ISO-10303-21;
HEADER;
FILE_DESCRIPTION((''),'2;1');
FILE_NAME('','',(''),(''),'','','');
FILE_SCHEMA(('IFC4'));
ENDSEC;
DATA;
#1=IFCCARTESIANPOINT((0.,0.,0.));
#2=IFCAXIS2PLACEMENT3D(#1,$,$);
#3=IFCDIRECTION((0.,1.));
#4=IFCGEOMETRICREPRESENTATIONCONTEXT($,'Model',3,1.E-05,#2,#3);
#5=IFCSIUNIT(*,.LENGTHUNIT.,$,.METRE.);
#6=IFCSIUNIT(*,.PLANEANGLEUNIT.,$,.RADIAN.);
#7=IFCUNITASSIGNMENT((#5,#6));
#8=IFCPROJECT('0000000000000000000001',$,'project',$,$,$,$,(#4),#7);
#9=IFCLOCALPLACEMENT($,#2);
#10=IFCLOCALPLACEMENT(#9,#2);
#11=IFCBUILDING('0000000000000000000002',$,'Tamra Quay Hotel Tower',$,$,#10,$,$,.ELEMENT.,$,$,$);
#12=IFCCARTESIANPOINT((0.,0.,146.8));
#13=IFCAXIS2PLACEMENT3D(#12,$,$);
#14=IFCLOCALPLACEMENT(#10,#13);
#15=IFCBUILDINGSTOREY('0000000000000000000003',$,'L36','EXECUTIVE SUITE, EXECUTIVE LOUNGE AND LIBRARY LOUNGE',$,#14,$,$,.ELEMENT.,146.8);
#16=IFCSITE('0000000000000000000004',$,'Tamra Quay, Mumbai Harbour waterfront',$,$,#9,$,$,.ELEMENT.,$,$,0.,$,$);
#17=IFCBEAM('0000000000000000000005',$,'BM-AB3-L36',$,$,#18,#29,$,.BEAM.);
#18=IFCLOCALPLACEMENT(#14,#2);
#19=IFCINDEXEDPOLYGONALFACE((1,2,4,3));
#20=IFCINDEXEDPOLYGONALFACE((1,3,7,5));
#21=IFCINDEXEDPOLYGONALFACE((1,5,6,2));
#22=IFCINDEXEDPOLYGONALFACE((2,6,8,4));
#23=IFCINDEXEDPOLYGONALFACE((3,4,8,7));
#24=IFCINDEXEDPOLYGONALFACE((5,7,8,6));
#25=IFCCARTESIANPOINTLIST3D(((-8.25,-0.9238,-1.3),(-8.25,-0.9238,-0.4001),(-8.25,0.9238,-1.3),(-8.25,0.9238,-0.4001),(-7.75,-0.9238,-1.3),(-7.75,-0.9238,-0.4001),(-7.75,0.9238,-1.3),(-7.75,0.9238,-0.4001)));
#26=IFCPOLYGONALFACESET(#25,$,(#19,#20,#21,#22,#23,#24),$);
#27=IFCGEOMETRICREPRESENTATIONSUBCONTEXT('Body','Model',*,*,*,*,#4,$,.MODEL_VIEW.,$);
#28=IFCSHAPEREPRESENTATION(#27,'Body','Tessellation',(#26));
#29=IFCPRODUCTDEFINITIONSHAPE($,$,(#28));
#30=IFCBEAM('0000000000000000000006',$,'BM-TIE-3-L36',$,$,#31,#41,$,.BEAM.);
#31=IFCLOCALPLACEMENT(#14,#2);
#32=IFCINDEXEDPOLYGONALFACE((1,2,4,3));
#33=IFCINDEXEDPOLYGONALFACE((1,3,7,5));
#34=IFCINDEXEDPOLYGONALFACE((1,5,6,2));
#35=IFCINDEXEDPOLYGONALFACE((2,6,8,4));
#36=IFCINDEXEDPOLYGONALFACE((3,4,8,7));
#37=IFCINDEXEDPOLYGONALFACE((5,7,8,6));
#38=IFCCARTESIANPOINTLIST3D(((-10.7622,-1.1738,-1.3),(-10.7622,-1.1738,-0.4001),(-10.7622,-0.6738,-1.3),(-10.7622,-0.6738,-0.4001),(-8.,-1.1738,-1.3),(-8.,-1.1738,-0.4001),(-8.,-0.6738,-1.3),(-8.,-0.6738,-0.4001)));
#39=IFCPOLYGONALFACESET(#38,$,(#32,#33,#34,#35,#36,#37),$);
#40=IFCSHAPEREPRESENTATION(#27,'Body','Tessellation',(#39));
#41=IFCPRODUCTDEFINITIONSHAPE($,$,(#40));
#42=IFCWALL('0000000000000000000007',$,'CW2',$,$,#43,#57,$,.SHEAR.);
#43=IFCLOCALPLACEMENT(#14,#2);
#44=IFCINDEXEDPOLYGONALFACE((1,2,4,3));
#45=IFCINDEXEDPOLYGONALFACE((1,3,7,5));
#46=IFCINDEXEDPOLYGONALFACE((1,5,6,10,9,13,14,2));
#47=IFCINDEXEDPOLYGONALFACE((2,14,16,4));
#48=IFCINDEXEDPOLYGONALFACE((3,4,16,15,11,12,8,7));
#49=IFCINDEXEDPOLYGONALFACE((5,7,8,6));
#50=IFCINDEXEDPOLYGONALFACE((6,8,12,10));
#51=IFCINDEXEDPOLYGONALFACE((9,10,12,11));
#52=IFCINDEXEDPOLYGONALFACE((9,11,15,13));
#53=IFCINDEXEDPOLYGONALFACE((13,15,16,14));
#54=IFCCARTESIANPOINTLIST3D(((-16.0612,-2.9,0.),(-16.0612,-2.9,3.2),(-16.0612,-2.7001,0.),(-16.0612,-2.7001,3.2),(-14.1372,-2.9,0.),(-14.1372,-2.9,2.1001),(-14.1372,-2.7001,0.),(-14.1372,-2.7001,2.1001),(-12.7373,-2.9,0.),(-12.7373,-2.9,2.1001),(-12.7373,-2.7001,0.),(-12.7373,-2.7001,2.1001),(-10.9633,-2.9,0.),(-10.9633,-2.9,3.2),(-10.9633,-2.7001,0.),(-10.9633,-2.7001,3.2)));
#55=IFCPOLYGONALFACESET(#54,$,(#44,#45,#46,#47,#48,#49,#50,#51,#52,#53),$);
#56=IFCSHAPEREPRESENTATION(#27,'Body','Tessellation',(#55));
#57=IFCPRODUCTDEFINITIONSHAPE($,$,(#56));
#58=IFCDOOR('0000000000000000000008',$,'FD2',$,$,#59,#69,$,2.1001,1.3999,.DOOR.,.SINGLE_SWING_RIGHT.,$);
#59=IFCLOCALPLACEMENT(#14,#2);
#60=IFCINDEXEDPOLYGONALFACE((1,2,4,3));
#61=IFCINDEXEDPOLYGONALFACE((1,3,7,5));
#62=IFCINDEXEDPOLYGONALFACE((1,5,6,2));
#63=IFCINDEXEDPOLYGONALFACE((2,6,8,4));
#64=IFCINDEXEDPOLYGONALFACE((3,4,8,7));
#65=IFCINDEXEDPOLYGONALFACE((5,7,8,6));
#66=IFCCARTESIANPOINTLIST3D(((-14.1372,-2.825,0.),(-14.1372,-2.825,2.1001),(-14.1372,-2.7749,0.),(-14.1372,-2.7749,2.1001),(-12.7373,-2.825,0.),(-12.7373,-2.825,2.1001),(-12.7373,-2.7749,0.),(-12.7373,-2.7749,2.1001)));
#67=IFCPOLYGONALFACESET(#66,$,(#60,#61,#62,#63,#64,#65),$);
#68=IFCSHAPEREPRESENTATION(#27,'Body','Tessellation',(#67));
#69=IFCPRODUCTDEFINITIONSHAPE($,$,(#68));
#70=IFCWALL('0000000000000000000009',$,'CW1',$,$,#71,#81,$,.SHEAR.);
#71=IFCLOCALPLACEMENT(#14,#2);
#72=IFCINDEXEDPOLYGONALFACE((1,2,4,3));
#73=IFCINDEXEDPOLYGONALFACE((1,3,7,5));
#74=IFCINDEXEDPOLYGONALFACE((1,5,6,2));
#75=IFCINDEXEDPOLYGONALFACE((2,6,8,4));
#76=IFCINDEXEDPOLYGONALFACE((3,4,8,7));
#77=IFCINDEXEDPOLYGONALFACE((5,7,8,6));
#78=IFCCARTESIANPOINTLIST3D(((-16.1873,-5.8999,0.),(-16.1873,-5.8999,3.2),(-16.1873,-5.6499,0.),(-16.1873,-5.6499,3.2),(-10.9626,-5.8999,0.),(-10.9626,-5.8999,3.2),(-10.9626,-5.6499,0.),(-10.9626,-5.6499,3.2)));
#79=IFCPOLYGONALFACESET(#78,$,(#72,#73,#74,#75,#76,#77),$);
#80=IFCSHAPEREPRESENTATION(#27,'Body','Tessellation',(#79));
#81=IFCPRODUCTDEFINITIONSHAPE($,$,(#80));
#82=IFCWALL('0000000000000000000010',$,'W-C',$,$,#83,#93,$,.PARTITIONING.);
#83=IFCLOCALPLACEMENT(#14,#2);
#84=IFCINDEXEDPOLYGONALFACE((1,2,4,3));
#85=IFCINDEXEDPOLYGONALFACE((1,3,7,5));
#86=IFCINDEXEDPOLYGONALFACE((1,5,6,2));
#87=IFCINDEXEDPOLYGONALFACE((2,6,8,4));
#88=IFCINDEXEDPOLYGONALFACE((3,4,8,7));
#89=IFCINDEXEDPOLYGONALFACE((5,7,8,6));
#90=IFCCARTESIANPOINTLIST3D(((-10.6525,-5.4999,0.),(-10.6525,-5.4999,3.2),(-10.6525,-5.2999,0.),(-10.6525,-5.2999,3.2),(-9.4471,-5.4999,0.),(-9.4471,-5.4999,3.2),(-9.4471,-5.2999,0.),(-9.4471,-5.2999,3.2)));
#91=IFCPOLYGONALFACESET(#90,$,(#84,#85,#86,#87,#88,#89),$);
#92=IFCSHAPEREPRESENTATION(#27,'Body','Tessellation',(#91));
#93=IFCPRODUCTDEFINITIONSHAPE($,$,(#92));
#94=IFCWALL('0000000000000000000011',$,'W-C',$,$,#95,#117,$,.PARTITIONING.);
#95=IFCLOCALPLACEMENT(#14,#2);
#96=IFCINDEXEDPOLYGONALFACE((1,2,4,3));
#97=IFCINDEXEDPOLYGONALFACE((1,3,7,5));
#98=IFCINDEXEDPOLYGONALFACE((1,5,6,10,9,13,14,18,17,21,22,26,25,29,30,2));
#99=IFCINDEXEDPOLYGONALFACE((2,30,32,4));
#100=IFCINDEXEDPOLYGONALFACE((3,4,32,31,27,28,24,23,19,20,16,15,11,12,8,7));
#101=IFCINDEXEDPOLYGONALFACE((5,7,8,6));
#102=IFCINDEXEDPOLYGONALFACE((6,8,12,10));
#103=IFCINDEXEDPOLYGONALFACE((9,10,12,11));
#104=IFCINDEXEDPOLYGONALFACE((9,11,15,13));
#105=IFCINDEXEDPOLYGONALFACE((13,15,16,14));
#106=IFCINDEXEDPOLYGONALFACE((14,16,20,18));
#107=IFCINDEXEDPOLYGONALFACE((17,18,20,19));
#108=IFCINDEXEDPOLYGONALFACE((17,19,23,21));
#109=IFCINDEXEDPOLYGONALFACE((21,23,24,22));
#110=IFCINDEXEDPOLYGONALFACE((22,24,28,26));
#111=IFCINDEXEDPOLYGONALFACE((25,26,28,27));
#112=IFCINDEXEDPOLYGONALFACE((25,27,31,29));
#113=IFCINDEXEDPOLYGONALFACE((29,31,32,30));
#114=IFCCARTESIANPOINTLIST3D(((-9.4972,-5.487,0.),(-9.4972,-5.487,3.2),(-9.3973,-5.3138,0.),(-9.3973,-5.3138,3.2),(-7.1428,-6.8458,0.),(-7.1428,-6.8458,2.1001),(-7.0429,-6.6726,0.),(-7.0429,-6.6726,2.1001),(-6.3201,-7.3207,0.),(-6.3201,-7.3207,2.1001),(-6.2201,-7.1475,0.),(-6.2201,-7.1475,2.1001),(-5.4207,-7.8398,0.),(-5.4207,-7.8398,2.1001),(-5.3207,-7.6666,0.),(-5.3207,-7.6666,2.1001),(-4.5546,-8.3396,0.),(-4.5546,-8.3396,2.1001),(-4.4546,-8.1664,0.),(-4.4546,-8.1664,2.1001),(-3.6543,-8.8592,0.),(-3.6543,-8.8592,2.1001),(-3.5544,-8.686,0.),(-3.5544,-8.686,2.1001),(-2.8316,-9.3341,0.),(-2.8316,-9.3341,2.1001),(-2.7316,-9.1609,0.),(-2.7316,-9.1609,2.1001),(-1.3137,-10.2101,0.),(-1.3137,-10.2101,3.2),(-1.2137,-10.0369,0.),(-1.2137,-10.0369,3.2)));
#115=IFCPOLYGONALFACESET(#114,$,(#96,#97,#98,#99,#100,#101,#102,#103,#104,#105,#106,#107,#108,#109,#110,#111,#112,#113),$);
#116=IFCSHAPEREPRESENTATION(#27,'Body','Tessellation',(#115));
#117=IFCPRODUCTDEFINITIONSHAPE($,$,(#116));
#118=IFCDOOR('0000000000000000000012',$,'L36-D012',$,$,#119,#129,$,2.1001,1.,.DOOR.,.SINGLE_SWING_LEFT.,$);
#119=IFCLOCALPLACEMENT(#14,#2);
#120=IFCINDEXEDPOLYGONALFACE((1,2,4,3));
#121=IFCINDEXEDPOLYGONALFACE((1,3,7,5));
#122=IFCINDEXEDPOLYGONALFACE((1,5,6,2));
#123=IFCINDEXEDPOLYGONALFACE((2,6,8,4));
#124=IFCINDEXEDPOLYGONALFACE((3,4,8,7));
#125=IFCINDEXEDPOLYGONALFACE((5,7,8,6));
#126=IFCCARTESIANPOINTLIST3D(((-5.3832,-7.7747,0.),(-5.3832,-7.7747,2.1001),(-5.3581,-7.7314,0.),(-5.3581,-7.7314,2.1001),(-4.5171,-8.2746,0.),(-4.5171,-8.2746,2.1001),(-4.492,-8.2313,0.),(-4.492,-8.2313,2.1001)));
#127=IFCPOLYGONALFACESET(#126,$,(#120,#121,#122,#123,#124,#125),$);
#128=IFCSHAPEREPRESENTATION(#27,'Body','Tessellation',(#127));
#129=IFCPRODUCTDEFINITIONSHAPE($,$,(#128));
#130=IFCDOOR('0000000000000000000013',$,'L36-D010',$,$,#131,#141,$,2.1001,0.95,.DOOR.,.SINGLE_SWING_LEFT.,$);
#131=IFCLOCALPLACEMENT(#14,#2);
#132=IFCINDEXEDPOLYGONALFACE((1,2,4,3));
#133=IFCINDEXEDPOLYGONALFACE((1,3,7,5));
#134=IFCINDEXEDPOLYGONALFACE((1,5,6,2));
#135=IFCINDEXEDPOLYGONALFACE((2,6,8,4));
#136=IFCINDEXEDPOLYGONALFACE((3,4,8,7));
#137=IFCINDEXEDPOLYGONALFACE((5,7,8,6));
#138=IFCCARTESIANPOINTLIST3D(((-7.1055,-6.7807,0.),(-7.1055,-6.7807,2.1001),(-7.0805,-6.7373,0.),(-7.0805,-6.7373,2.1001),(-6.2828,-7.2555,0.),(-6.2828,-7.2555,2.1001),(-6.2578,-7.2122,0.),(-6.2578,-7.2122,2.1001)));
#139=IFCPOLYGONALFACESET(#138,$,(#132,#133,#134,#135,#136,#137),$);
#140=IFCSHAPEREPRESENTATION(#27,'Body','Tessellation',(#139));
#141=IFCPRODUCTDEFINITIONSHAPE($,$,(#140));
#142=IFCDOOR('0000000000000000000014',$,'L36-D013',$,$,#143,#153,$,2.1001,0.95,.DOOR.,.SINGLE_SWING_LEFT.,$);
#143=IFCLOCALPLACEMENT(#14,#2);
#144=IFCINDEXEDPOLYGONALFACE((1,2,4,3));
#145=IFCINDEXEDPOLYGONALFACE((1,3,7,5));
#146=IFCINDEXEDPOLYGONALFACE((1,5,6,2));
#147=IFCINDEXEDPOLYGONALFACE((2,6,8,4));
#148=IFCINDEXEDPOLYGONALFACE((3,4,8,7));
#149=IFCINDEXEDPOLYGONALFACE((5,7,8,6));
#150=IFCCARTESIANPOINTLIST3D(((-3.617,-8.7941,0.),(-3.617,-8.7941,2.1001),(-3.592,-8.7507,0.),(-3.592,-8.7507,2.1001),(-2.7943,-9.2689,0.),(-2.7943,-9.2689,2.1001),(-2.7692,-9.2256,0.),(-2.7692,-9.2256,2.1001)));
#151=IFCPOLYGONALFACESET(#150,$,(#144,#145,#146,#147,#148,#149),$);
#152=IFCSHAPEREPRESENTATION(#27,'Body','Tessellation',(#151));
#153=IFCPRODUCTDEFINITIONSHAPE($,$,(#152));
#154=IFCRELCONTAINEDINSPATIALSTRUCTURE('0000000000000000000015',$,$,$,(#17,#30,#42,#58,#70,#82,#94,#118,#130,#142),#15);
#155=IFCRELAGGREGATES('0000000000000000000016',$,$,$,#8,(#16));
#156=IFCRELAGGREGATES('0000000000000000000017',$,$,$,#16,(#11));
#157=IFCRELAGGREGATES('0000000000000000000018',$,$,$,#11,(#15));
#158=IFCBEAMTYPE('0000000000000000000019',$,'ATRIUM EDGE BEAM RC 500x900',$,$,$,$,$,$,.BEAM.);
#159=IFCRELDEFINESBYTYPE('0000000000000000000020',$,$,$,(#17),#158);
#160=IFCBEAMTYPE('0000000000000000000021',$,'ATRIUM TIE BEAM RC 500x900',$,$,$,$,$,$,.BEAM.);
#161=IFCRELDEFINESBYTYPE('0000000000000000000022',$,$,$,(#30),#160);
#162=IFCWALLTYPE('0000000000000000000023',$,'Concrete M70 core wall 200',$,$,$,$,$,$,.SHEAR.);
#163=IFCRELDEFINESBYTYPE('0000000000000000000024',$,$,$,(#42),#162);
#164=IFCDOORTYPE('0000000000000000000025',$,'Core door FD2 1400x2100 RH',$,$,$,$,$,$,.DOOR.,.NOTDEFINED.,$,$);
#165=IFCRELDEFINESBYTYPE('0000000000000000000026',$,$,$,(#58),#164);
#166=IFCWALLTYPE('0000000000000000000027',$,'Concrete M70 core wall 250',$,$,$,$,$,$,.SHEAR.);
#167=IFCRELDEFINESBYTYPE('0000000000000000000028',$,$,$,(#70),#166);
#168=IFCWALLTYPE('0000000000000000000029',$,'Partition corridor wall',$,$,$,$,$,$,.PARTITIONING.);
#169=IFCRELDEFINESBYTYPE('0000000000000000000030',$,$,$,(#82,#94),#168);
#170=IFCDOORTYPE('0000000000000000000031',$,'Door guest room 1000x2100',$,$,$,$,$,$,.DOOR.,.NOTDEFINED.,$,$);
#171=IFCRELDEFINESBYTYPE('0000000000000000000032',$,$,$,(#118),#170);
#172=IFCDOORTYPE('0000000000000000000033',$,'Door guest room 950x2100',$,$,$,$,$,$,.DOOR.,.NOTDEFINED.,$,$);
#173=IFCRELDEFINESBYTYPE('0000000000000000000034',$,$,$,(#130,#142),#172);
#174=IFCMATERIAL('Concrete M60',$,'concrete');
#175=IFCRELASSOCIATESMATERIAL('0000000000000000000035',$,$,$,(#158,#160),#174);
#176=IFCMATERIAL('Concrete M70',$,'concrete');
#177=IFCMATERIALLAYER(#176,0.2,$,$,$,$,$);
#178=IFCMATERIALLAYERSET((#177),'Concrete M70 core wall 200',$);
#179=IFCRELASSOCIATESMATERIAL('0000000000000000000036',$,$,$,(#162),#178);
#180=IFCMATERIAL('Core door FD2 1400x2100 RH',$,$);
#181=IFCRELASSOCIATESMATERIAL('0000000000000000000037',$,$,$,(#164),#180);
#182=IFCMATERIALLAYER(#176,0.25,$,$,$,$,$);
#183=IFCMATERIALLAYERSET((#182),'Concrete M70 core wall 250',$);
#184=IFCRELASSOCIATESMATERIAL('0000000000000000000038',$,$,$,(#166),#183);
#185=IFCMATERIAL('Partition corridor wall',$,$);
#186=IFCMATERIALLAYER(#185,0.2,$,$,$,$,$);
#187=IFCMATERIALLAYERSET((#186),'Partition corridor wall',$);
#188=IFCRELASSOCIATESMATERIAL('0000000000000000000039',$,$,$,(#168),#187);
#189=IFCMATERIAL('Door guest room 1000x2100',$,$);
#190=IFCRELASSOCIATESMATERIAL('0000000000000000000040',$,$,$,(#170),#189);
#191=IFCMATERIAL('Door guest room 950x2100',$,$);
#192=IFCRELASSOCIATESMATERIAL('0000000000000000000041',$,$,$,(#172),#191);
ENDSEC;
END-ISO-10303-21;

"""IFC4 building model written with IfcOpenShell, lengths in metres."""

from ifc_helpers import new_model, si_unit, direction, frame, frame_2d, origin, origin_2d, place, context, subcontext, project, spatial, rectangle, extrude, material, layer, layer_set, material_profile, profile_set, type_object, element, fill, save


model = new_model("IFC4")

# Units and contexts
model_context = context("Model", 3, precision=1e-05, world=origin(), true_north=direction((0.0, 1.0)))
body_context = subcontext(model_context, "Body", "Model", "MODEL_VIEW")
ifc_project = project(units=[si_unit("LENGTHUNIT", "METRE"), si_unit("PLANEANGLEUNIT", "RADIAN")], contexts=[model_context])

# Site, building, storey
site_placement = place(None, origin())
site = spatial("IfcSite", under=ifc_project, at=site_placement, Name="Tamra Quay, Mumbai Harbour waterfront", CompositionType="ELEMENT", RefElevation=0.0)
building_placement = place(site_placement, origin())
building = spatial("IfcBuilding", under=site, at=building_placement, Name="Tamra Quay Hotel Tower", CompositionType="ELEMENT")
storey_placement = place(building_placement, frame((0.0, 0.0, 146.8)))
storey = spatial("IfcBuildingStorey", under=building, at=storey_placement, Name="L36", Description="EXECUTIVE SUITE, EXECUTIVE LOUNGE AND LIBRARY LOUNGE", CompositionType="ELEMENT", Elevation=146.8)

# Beams
ifc_material_1 = material(Name="Concrete M60", Category="concrete")
ifc_material_profile_1 = material_profile(ifc_material_1, rectangle(XDim=0.5, YDim=0.8999, at=origin_2d()), Name="ATRIUM EDGE BEAM RC 500x900")
ifc_profile_set_1 = profile_set([ifc_material_profile_1], Name="Concrete M60")
beam_type_1 = type_object("IfcBeamType", Name="ATRIUM EDGE BEAM RC 500x900", PredefinedType="BEAM", material=ifc_profile_set_1)
beam_1_placement = place(storey_placement, frame((-8.0, -0.9238, -0.8501), z_axis=(0.0, 1.0, 0.0), x_axis=(-1.0, 0.0, 0.0)))
element("IfcBeam", 1, at=beam_1_placement, inside=storey, type_object=beam_type_1, Name="BM-AB3-L36", PredefinedType="BEAM", context=body_context, shape_type="SweptSolid", body=[
    extrude(rectangle(XDim=0.5, YDim=0.8999, at=origin_2d()), origin(), (0.0, 0.0, 1.0), 1.8477),
])
ifc_material_profile_2 = material_profile(ifc_material_1, rectangle(XDim=0.5, YDim=0.8999, at=origin_2d()), Name="ATRIUM TIE BEAM RC 500x900")
ifc_profile_set_2 = profile_set([ifc_material_profile_2], Name="Concrete M60")
beam_type_2 = type_object("IfcBeamType", Name="ATRIUM TIE BEAM RC 500x900", PredefinedType="BEAM", material=ifc_profile_set_2)
beam_2_placement = place(storey_placement, frame((-8.0, -0.9238, -0.8501), z_axis=(-1.0, 0.0, 0.0), x_axis=(0.0, -1.0, 0.0)))
element("IfcBeam", 2, at=beam_2_placement, inside=storey, type_object=beam_type_2, Name="BM-TIE-3-L36", PredefinedType="BEAM", context=body_context, shape_type="SweptSolid", body=[
    extrude(rectangle(XDim=0.5, YDim=0.8999, at=origin_2d()), origin(), (0.0, 0.0, 1.0), 2.7622),
])

# Wall, opening, door
ifc_material_2 = material(Name="Concrete M70", Category="concrete")
ifc_layer_1 = layer(ifc_material_2, 0.2)
ifc_layer_set_1 = layer_set([ifc_layer_1], Name="Concrete M70 core wall 200")
wall_type_1 = type_object("IfcWallType", Name="Concrete M70 core wall 200", PredefinedType="SHEAR", material=ifc_layer_set_1)
wall_1_placement = place(storey_placement, frame((-10.9634, -2.8, 0.0), z_axis=(0.0, 0.0, 1.0), x_axis=(-1.0, 0.0, 0.0)))
wall_1 = element("IfcWall", 3, at=wall_1_placement, inside=storey, type_object=wall_type_1, Name="CW2", PredefinedType="SHEAR", context=body_context, shape_type="SweptSolid", body=[
    extrude(rectangle(XDim=5.0979, YDim=0.2, at=frame_2d((2.5488, 0.0))), origin(), (0.0, 0.0, 1.0), 3.2),
])
opening_1_placement = place(wall_1_placement, frame((1.7739, 0.0, 0.0)))
opening_1 = element("IfcOpeningElement", 4, at=opening_1_placement, cuts=wall_1, PredefinedType="OPENING", context=body_context, shape_type="SweptSolid", body=[
    extrude(rectangle(XDim=1.3999, YDim=2.1001, at=frame_2d((0.7, 1.05))), frame((0.0, 0.1099, 0.0), z_axis=(0.0, -1.0, 0.0), x_axis=(1.0, 0.0, 0.0)), (0.0, 0.0, 1.0), 0.22),
])
ifc_material_3 = material(Name="Core door FD2 1400x2100 RH")
door_type_1 = type_object("IfcDoorType", Name="Core door FD2 1400x2100 RH", OperationType="NOTDEFINED", PredefinedType="DOOR", material=ifc_material_3)
door_1_placement = place(opening_1_placement, origin())
door_1 = element("IfcDoor", 5, at=door_1_placement, inside=storey, type_object=door_type_1, Name="FD2", OperationType="SINGLE_SWING_RIGHT", OverallHeight=2.1001, OverallWidth=1.3999, PredefinedType="DOOR", context=body_context, shape_type="SweptSolid", body=[
    extrude(rectangle(XDim=1.3999, YDim=2.1001, at=frame_2d((0.7, 1.05))), frame((0.0, 0.0249, 0.0), z_axis=(0.0, -1.0, 0.0), x_axis=(1.0, 0.0, 0.0)), (0.0, 0.0, 1.0), 0.05),
])
fill(opening_1, door_1)

# Walls
ifc_layer_2 = layer(ifc_material_2, 0.25)
ifc_layer_set_2 = layer_set([ifc_layer_2], Name="Concrete M70 core wall 250")
wall_type_2 = type_object("IfcWallType", Name="Concrete M70 core wall 250", PredefinedType="SHEAR", material=ifc_layer_set_2)
wall_2_placement = place(storey_placement, frame((-10.9626, -5.7749, 0.0), z_axis=(0.0, 0.0, 1.0), x_axis=(-1.0, 0.0, 0.0)))
element("IfcWall", 6, at=wall_2_placement, inside=storey, type_object=wall_type_2, Name="CW1", PredefinedType="SHEAR", context=body_context, shape_type="SweptSolid", body=[
    extrude(rectangle(XDim=5.2246, YDim=0.25, at=frame_2d((2.6123, 0.0))), origin(), (0.0, 0.0, 1.0), 3.2),
])
ifc_material_4 = material(Name="Partition corridor wall")
ifc_layer_3 = layer(ifc_material_4, 0.2)
ifc_layer_set_3 = layer_set([ifc_layer_3], Name="Partition corridor wall")
wall_type_3 = type_object("IfcWallType", Name="Partition corridor wall", PredefinedType="PARTITIONING", material=ifc_layer_set_3)
wall_3_placement = place(storey_placement, frame((-10.6523, -5.3999, 0.0), z_axis=(0.0, 0.0, 1.0), x_axis=(1.0, 0.0, 0.0)))
element("IfcWall", 7, at=wall_3_placement, inside=storey, type_object=wall_type_3, Name="W-C", PredefinedType="PARTITIONING", context=body_context, shape_type="SweptSolid", body=[
    extrude(rectangle(XDim=1.2053, YDim=0.2, at=frame_2d((0.6025, 0.0))), origin(), (0.0, 0.0, 1.0), 3.2),
])

# Wall, openings, doors
wall_4_placement = place(storey_placement, frame((-9.4473, -5.4004, 0.0), z_axis=(0.0, 0.0, 1.0), x_axis=(0.866101, -0.499869, 0.0)))
wall_4 = element("IfcWall", 8, at=wall_4_placement, inside=storey, type_object=wall_type_3, Name="W-C", PredefinedType="PARTITIONING", context=body_context, shape_type="SweptSolid", body=[
    extrude(rectangle(XDim=9.4487, YDim=0.2, at=frame_2d((4.7244, 0.0))), origin(), (0.0, 0.0, 1.0), 3.2),
])
opening_2_placement = place(wall_4_placement, frame((2.7183, 0.0, 0.0)))
opening_2 = element("IfcOpeningElement", 9, at=opening_2_placement, cuts=wall_4, PredefinedType="OPENING", context=body_context, shape_type="SweptSolid", body=[
    extrude(rectangle(XDim=0.95, YDim=2.1001, at=frame_2d((0.4751, 1.05))), frame((0.0, 0.1099, 0.0), z_axis=(0.0, -1.0, 0.0), x_axis=(1.0, 0.0, 0.0)), (0.0, 0.0, 1.0), 0.22),
])
opening_3_placement = place(wall_4_placement, frame((4.7068, 0.0, 0.0)))
opening_3 = element("IfcOpeningElement", 10, at=opening_3_placement, cuts=wall_4, PredefinedType="OPENING", context=body_context, shape_type="SweptSolid", body=[
    extrude(rectangle(XDim=1.0, YDim=2.1001, at=frame_2d((0.5, 1.05))), frame((0.0, 0.1099, 0.0), z_axis=(0.0, -1.0, 0.0), x_axis=(1.0, 0.0, 0.0)), (0.0, 0.0, 1.0), 0.22),
])
opening_4_placement = place(wall_4_placement, frame((6.7461, 0.0, 0.0)))
opening_4 = element("IfcOpeningElement", 11, at=opening_4_placement, cuts=wall_4, PredefinedType="OPENING", context=body_context, shape_type="SweptSolid", body=[
    extrude(rectangle(XDim=0.95, YDim=2.1001, at=frame_2d((0.4751, 1.05))), frame((0.0, 0.1099, 0.0), z_axis=(0.0, -1.0, 0.0), x_axis=(1.0, 0.0, 0.0)), (0.0, 0.0, 1.0), 0.22),
])
ifc_material_5 = material(Name="Door guest room 1000x2100")
door_type_2 = type_object("IfcDoorType", Name="Door guest room 1000x2100", OperationType="NOTDEFINED", PredefinedType="DOOR", material=ifc_material_5)
door_2_placement = place(opening_3_placement, frame((1.0, 0.0, 0.0), z_axis=(0.0, 0.0, 1.0), x_axis=(-1.0, 0.0, 0.0)))
door_2 = element("IfcDoor", 12, at=door_2_placement, inside=storey, type_object=door_type_2, Name="L36-D012", OperationType="SINGLE_SWING_LEFT", OverallHeight=2.1001, OverallWidth=1.0, PredefinedType="DOOR", context=body_context, shape_type="SweptSolid", body=[
    extrude(rectangle(XDim=1.0, YDim=2.1001, at=frame_2d((0.5, 1.05))), frame((0.0, 0.0249, 0.0), z_axis=(0.0, -1.0, 0.0), x_axis=(1.0, 0.0, 0.0)), (0.0, 0.0, 1.0), 0.05),
])
fill(opening_3, door_2)
ifc_material_6 = material(Name="Door guest room 950x2100")
door_type_3 = type_object("IfcDoorType", Name="Door guest room 950x2100", OperationType="NOTDEFINED", PredefinedType="DOOR", material=ifc_material_6)
door_3_placement = place(opening_2_placement, frame((0.95, 0.0, 0.0), z_axis=(0.0, 0.0, 1.0), x_axis=(-1.0, 0.0, 0.0)))
door_3 = element("IfcDoor", 13, at=door_3_placement, inside=storey, type_object=door_type_3, Name="L36-D010", OperationType="SINGLE_SWING_LEFT", OverallHeight=2.1001, OverallWidth=0.95, PredefinedType="DOOR", context=body_context, shape_type="SweptSolid", body=[
    extrude(rectangle(XDim=0.95, YDim=2.1001, at=frame_2d((0.4751, 1.05))), frame((0.0, 0.0249, 0.0), z_axis=(0.0, -1.0, 0.0), x_axis=(1.0, 0.0, 0.0)), (0.0, 0.0, 1.0), 0.05),
])
fill(opening_2, door_3)
door_4_placement = place(opening_4_placement, frame((0.95, 0.0, 0.0), z_axis=(0.0, 0.0, 1.0), x_axis=(-1.0, 0.0, 0.0)))
door_4 = element("IfcDoor", 14, at=door_4_placement, inside=storey, type_object=door_type_3, Name="L36-D013", OperationType="SINGLE_SWING_LEFT", OverallHeight=2.1001, OverallWidth=0.95, PredefinedType="DOOR", context=body_context, shape_type="SweptSolid", body=[
    extrude(rectangle(XDim=0.95, YDim=2.1001, at=frame_2d((0.4751, 1.05))), frame((0.0, 0.0249, 0.0), z_axis=(0.0, -1.0, 0.0), x_axis=(1.0, 0.0, 0.0)), (0.0, 0.0, 1.0), 0.05),
])
fill(opening_4, door_4)

save(model, "model.ifc")
